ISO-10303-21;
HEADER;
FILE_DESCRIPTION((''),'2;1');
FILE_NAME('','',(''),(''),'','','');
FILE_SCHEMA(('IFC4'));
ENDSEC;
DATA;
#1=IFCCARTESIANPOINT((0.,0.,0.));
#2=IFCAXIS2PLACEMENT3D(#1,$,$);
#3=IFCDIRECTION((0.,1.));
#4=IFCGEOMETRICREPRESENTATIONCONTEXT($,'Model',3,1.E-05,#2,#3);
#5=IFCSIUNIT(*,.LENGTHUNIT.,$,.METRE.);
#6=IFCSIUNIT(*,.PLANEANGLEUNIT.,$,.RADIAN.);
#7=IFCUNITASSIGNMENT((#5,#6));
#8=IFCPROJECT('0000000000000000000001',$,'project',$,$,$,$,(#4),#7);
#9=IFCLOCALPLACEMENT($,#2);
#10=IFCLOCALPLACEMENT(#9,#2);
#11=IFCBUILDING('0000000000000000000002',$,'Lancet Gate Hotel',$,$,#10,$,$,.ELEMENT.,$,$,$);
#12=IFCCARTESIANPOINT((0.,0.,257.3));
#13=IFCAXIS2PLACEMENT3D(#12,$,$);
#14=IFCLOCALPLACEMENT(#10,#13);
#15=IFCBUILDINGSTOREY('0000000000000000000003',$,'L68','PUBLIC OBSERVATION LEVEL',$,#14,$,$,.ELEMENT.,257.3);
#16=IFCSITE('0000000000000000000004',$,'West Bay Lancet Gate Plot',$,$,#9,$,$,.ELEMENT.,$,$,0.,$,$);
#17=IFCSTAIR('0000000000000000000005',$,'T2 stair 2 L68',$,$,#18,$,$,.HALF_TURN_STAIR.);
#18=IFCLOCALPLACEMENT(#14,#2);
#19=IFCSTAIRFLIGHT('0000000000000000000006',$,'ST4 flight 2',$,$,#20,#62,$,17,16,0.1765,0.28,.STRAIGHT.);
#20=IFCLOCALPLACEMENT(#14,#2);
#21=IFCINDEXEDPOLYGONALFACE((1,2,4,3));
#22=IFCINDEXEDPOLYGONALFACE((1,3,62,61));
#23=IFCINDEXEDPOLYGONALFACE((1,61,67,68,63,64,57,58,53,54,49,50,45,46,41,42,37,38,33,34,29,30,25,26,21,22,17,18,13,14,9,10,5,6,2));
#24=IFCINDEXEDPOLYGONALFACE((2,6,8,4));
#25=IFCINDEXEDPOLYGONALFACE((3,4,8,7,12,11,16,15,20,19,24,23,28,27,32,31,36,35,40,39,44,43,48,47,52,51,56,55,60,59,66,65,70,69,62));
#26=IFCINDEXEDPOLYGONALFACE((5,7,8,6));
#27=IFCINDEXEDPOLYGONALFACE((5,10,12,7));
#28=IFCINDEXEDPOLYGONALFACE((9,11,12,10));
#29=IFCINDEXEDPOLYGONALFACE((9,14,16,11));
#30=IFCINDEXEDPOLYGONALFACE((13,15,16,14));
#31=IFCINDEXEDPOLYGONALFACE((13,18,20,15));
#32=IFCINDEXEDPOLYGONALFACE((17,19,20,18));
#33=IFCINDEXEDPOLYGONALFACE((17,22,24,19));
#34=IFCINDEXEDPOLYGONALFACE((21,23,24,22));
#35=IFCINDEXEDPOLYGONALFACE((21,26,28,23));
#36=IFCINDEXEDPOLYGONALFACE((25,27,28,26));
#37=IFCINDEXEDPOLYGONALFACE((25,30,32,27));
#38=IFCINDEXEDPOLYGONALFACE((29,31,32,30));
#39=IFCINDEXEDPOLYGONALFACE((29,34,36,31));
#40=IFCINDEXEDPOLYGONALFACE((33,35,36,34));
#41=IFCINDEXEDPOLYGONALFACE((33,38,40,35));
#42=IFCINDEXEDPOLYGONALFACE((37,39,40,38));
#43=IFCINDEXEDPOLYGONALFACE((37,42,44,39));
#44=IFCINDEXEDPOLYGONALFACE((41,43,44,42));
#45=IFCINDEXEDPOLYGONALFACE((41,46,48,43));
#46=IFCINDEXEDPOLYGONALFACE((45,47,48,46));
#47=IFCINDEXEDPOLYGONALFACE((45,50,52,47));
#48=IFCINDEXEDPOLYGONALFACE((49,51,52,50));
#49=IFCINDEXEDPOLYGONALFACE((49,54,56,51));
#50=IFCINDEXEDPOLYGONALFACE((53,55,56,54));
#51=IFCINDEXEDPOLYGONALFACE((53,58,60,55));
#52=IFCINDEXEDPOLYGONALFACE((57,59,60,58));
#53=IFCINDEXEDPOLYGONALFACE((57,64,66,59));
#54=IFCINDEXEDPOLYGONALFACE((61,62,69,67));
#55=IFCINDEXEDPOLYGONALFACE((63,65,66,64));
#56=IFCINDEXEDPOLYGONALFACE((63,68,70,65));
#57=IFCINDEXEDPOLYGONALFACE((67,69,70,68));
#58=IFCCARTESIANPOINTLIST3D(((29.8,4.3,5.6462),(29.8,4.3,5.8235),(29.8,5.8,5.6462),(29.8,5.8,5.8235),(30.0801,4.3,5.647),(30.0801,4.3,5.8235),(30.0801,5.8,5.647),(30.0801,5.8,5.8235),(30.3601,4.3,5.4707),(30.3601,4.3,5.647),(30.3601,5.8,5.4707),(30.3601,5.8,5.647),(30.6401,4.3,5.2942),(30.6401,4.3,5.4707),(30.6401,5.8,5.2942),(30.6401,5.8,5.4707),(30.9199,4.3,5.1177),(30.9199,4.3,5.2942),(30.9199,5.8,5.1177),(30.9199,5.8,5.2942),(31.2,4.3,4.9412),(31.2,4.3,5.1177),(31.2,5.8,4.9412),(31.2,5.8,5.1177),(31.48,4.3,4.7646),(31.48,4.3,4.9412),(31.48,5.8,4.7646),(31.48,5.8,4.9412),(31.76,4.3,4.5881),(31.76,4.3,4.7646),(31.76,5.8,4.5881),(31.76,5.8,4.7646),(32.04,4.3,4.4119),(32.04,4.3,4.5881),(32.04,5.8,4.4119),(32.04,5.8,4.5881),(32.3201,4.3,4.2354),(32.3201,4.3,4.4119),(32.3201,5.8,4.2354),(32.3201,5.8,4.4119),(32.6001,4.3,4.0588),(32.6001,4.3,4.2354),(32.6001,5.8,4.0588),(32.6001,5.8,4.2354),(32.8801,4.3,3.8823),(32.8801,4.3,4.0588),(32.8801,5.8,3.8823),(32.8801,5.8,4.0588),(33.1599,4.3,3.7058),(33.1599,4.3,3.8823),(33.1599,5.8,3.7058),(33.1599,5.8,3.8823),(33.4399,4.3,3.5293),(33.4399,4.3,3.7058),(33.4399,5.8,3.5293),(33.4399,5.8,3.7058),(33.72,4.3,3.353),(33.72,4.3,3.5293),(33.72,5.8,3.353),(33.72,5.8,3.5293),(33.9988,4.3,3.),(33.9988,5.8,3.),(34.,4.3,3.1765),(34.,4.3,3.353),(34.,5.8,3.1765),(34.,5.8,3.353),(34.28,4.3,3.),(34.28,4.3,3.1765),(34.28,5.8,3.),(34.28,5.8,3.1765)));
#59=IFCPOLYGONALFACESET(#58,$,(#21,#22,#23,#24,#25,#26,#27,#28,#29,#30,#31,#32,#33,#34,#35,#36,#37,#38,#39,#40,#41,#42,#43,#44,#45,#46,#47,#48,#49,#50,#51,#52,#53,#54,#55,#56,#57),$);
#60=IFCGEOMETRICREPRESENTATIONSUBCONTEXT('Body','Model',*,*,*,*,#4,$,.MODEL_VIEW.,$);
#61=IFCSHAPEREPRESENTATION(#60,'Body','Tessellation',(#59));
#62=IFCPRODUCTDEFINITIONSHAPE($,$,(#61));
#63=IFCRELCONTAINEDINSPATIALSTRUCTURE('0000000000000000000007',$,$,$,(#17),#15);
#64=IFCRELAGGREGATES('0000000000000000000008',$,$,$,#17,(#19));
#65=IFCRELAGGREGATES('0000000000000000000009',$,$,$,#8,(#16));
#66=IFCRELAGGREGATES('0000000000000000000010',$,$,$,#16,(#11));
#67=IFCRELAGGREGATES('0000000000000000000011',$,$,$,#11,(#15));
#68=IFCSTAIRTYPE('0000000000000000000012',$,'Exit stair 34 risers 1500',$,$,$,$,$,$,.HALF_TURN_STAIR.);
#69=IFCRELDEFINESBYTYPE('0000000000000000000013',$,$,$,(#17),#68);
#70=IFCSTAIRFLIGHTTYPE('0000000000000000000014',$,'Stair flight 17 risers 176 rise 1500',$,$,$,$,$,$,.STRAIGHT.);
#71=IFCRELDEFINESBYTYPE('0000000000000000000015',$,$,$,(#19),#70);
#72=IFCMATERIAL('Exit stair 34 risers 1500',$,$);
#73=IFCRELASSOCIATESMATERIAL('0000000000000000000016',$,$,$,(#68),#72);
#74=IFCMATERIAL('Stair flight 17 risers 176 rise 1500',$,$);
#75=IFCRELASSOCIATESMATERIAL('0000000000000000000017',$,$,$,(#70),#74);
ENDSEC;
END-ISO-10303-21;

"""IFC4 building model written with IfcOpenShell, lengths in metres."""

from ifc_helpers import new_model, si_unit, direction, frame, origin, place, context, subcontext, project, spatial, polyline, outline, extrude, material, type_object, element, aggregate, save


model = new_model("IFC4")

# Units and contexts
model_context = context("Model", 3, precision=1e-05, world=origin(), true_north=direction((0.0, 1.0)))
body_context = subcontext(model_context, "Body", "Model", "MODEL_VIEW")
ifc_project = project(units=[si_unit("LENGTHUNIT", "METRE"), si_unit("PLANEANGLEUNIT", "RADIAN")], contexts=[model_context])

# Site, building, storey
site_placement = place(None, origin())
site = spatial("IfcSite", under=ifc_project, at=site_placement, Name="West Bay Lancet Gate Plot", CompositionType="ELEMENT", RefElevation=0.0)
building_placement = place(site_placement, origin())
building = spatial("IfcBuilding", under=site, at=building_placement, Name="Lancet Gate Hotel", CompositionType="ELEMENT")
storey_placement = place(building_placement, frame((0.0, 0.0, 257.3)))
storey = spatial("IfcBuildingStorey", under=building, at=storey_placement, Name="L68", Description="PUBLIC OBSERVATION LEVEL", CompositionType="ELEMENT", Elevation=257.3)

# Stair, stair flight
ifc_material_1 = material(Name="Exit stair 34 risers 1500")
stair_type = type_object("IfcStairType", Name="Exit stair 34 risers 1500", PredefinedType="HALF_TURN_STAIR", material=ifc_material_1)
stair_placement = place(storey_placement, origin())
stair = element("IfcStair", 1, at=stair_placement, inside=storey, type_object=stair_type, Name="T2 stair 2 L68", PredefinedType="HALF_TURN_STAIR")
ifc_material_2 = material(Name="Stair flight 17 risers 176 rise 1500")
stair_flight_type = type_object("IfcStairFlightType", Name="Stair flight 17 risers 176 rise 1500", PredefinedType="STRAIGHT", material=ifc_material_2)
stair_flight_1_placement = place(storey_placement, frame((34.28, 5.05, 3.0), z_axis=(0.0, 0.0, 1.0), x_axis=(-1.0, 0.0, 0.0)))
stair_flight_1 = element("IfcStairFlight", 2, at=stair_flight_1_placement, type_object=stair_flight_type, Name="ST4 flight 2", NumberOfRisers=17, NumberOfTreads=16, PredefinedType="STRAIGHT", RiserHeight=0.1765, TreadLength=0.28, context=body_context, shape_type="SweptSolid", body=[
    extrude(outline(polyline([(0.0, 0.0), (0.0, 0.1765), (0.28, 0.1765), (0.28, 0.353), (0.5601, 0.353), (0.5601, 0.5293), (0.8401, 0.5293), (0.8401, 0.7058), (1.1201, 0.7058), (1.1201, 0.8823), (1.3999, 0.8823), (1.3999, 1.0588), (1.6799, 1.0588), (1.6799, 1.2354), (1.96, 1.2354), (1.96, 1.4119), (2.24, 1.4119), (2.24, 1.5881), (2.52, 1.5881), (2.52, 1.7646), (2.8, 1.7646), (2.8, 1.9412), (3.0801, 1.9412), (3.0801, 2.1177), (3.3601, 2.1177), (3.3601, 2.2942), (3.6399, 2.2942), (3.6399, 2.4707), (3.9199, 2.4707), (3.9199, 2.647), (4.2, 2.647), (4.2, 2.8235), (4.48, 2.8235), (4.48, 3.0), (4.48, 2.6462), (0.2812, 0.0), (0.0, 0.0)])), frame((0.0, 0.75, 0.0), z_axis=(0.0, -1.0, 0.0), x_axis=(1.0, 0.0, 0.0)), (0.0, 0.0, 1.0), 1.5),
])
aggregate(stair, [stair_flight_1])

save(model, "model.ifc")
